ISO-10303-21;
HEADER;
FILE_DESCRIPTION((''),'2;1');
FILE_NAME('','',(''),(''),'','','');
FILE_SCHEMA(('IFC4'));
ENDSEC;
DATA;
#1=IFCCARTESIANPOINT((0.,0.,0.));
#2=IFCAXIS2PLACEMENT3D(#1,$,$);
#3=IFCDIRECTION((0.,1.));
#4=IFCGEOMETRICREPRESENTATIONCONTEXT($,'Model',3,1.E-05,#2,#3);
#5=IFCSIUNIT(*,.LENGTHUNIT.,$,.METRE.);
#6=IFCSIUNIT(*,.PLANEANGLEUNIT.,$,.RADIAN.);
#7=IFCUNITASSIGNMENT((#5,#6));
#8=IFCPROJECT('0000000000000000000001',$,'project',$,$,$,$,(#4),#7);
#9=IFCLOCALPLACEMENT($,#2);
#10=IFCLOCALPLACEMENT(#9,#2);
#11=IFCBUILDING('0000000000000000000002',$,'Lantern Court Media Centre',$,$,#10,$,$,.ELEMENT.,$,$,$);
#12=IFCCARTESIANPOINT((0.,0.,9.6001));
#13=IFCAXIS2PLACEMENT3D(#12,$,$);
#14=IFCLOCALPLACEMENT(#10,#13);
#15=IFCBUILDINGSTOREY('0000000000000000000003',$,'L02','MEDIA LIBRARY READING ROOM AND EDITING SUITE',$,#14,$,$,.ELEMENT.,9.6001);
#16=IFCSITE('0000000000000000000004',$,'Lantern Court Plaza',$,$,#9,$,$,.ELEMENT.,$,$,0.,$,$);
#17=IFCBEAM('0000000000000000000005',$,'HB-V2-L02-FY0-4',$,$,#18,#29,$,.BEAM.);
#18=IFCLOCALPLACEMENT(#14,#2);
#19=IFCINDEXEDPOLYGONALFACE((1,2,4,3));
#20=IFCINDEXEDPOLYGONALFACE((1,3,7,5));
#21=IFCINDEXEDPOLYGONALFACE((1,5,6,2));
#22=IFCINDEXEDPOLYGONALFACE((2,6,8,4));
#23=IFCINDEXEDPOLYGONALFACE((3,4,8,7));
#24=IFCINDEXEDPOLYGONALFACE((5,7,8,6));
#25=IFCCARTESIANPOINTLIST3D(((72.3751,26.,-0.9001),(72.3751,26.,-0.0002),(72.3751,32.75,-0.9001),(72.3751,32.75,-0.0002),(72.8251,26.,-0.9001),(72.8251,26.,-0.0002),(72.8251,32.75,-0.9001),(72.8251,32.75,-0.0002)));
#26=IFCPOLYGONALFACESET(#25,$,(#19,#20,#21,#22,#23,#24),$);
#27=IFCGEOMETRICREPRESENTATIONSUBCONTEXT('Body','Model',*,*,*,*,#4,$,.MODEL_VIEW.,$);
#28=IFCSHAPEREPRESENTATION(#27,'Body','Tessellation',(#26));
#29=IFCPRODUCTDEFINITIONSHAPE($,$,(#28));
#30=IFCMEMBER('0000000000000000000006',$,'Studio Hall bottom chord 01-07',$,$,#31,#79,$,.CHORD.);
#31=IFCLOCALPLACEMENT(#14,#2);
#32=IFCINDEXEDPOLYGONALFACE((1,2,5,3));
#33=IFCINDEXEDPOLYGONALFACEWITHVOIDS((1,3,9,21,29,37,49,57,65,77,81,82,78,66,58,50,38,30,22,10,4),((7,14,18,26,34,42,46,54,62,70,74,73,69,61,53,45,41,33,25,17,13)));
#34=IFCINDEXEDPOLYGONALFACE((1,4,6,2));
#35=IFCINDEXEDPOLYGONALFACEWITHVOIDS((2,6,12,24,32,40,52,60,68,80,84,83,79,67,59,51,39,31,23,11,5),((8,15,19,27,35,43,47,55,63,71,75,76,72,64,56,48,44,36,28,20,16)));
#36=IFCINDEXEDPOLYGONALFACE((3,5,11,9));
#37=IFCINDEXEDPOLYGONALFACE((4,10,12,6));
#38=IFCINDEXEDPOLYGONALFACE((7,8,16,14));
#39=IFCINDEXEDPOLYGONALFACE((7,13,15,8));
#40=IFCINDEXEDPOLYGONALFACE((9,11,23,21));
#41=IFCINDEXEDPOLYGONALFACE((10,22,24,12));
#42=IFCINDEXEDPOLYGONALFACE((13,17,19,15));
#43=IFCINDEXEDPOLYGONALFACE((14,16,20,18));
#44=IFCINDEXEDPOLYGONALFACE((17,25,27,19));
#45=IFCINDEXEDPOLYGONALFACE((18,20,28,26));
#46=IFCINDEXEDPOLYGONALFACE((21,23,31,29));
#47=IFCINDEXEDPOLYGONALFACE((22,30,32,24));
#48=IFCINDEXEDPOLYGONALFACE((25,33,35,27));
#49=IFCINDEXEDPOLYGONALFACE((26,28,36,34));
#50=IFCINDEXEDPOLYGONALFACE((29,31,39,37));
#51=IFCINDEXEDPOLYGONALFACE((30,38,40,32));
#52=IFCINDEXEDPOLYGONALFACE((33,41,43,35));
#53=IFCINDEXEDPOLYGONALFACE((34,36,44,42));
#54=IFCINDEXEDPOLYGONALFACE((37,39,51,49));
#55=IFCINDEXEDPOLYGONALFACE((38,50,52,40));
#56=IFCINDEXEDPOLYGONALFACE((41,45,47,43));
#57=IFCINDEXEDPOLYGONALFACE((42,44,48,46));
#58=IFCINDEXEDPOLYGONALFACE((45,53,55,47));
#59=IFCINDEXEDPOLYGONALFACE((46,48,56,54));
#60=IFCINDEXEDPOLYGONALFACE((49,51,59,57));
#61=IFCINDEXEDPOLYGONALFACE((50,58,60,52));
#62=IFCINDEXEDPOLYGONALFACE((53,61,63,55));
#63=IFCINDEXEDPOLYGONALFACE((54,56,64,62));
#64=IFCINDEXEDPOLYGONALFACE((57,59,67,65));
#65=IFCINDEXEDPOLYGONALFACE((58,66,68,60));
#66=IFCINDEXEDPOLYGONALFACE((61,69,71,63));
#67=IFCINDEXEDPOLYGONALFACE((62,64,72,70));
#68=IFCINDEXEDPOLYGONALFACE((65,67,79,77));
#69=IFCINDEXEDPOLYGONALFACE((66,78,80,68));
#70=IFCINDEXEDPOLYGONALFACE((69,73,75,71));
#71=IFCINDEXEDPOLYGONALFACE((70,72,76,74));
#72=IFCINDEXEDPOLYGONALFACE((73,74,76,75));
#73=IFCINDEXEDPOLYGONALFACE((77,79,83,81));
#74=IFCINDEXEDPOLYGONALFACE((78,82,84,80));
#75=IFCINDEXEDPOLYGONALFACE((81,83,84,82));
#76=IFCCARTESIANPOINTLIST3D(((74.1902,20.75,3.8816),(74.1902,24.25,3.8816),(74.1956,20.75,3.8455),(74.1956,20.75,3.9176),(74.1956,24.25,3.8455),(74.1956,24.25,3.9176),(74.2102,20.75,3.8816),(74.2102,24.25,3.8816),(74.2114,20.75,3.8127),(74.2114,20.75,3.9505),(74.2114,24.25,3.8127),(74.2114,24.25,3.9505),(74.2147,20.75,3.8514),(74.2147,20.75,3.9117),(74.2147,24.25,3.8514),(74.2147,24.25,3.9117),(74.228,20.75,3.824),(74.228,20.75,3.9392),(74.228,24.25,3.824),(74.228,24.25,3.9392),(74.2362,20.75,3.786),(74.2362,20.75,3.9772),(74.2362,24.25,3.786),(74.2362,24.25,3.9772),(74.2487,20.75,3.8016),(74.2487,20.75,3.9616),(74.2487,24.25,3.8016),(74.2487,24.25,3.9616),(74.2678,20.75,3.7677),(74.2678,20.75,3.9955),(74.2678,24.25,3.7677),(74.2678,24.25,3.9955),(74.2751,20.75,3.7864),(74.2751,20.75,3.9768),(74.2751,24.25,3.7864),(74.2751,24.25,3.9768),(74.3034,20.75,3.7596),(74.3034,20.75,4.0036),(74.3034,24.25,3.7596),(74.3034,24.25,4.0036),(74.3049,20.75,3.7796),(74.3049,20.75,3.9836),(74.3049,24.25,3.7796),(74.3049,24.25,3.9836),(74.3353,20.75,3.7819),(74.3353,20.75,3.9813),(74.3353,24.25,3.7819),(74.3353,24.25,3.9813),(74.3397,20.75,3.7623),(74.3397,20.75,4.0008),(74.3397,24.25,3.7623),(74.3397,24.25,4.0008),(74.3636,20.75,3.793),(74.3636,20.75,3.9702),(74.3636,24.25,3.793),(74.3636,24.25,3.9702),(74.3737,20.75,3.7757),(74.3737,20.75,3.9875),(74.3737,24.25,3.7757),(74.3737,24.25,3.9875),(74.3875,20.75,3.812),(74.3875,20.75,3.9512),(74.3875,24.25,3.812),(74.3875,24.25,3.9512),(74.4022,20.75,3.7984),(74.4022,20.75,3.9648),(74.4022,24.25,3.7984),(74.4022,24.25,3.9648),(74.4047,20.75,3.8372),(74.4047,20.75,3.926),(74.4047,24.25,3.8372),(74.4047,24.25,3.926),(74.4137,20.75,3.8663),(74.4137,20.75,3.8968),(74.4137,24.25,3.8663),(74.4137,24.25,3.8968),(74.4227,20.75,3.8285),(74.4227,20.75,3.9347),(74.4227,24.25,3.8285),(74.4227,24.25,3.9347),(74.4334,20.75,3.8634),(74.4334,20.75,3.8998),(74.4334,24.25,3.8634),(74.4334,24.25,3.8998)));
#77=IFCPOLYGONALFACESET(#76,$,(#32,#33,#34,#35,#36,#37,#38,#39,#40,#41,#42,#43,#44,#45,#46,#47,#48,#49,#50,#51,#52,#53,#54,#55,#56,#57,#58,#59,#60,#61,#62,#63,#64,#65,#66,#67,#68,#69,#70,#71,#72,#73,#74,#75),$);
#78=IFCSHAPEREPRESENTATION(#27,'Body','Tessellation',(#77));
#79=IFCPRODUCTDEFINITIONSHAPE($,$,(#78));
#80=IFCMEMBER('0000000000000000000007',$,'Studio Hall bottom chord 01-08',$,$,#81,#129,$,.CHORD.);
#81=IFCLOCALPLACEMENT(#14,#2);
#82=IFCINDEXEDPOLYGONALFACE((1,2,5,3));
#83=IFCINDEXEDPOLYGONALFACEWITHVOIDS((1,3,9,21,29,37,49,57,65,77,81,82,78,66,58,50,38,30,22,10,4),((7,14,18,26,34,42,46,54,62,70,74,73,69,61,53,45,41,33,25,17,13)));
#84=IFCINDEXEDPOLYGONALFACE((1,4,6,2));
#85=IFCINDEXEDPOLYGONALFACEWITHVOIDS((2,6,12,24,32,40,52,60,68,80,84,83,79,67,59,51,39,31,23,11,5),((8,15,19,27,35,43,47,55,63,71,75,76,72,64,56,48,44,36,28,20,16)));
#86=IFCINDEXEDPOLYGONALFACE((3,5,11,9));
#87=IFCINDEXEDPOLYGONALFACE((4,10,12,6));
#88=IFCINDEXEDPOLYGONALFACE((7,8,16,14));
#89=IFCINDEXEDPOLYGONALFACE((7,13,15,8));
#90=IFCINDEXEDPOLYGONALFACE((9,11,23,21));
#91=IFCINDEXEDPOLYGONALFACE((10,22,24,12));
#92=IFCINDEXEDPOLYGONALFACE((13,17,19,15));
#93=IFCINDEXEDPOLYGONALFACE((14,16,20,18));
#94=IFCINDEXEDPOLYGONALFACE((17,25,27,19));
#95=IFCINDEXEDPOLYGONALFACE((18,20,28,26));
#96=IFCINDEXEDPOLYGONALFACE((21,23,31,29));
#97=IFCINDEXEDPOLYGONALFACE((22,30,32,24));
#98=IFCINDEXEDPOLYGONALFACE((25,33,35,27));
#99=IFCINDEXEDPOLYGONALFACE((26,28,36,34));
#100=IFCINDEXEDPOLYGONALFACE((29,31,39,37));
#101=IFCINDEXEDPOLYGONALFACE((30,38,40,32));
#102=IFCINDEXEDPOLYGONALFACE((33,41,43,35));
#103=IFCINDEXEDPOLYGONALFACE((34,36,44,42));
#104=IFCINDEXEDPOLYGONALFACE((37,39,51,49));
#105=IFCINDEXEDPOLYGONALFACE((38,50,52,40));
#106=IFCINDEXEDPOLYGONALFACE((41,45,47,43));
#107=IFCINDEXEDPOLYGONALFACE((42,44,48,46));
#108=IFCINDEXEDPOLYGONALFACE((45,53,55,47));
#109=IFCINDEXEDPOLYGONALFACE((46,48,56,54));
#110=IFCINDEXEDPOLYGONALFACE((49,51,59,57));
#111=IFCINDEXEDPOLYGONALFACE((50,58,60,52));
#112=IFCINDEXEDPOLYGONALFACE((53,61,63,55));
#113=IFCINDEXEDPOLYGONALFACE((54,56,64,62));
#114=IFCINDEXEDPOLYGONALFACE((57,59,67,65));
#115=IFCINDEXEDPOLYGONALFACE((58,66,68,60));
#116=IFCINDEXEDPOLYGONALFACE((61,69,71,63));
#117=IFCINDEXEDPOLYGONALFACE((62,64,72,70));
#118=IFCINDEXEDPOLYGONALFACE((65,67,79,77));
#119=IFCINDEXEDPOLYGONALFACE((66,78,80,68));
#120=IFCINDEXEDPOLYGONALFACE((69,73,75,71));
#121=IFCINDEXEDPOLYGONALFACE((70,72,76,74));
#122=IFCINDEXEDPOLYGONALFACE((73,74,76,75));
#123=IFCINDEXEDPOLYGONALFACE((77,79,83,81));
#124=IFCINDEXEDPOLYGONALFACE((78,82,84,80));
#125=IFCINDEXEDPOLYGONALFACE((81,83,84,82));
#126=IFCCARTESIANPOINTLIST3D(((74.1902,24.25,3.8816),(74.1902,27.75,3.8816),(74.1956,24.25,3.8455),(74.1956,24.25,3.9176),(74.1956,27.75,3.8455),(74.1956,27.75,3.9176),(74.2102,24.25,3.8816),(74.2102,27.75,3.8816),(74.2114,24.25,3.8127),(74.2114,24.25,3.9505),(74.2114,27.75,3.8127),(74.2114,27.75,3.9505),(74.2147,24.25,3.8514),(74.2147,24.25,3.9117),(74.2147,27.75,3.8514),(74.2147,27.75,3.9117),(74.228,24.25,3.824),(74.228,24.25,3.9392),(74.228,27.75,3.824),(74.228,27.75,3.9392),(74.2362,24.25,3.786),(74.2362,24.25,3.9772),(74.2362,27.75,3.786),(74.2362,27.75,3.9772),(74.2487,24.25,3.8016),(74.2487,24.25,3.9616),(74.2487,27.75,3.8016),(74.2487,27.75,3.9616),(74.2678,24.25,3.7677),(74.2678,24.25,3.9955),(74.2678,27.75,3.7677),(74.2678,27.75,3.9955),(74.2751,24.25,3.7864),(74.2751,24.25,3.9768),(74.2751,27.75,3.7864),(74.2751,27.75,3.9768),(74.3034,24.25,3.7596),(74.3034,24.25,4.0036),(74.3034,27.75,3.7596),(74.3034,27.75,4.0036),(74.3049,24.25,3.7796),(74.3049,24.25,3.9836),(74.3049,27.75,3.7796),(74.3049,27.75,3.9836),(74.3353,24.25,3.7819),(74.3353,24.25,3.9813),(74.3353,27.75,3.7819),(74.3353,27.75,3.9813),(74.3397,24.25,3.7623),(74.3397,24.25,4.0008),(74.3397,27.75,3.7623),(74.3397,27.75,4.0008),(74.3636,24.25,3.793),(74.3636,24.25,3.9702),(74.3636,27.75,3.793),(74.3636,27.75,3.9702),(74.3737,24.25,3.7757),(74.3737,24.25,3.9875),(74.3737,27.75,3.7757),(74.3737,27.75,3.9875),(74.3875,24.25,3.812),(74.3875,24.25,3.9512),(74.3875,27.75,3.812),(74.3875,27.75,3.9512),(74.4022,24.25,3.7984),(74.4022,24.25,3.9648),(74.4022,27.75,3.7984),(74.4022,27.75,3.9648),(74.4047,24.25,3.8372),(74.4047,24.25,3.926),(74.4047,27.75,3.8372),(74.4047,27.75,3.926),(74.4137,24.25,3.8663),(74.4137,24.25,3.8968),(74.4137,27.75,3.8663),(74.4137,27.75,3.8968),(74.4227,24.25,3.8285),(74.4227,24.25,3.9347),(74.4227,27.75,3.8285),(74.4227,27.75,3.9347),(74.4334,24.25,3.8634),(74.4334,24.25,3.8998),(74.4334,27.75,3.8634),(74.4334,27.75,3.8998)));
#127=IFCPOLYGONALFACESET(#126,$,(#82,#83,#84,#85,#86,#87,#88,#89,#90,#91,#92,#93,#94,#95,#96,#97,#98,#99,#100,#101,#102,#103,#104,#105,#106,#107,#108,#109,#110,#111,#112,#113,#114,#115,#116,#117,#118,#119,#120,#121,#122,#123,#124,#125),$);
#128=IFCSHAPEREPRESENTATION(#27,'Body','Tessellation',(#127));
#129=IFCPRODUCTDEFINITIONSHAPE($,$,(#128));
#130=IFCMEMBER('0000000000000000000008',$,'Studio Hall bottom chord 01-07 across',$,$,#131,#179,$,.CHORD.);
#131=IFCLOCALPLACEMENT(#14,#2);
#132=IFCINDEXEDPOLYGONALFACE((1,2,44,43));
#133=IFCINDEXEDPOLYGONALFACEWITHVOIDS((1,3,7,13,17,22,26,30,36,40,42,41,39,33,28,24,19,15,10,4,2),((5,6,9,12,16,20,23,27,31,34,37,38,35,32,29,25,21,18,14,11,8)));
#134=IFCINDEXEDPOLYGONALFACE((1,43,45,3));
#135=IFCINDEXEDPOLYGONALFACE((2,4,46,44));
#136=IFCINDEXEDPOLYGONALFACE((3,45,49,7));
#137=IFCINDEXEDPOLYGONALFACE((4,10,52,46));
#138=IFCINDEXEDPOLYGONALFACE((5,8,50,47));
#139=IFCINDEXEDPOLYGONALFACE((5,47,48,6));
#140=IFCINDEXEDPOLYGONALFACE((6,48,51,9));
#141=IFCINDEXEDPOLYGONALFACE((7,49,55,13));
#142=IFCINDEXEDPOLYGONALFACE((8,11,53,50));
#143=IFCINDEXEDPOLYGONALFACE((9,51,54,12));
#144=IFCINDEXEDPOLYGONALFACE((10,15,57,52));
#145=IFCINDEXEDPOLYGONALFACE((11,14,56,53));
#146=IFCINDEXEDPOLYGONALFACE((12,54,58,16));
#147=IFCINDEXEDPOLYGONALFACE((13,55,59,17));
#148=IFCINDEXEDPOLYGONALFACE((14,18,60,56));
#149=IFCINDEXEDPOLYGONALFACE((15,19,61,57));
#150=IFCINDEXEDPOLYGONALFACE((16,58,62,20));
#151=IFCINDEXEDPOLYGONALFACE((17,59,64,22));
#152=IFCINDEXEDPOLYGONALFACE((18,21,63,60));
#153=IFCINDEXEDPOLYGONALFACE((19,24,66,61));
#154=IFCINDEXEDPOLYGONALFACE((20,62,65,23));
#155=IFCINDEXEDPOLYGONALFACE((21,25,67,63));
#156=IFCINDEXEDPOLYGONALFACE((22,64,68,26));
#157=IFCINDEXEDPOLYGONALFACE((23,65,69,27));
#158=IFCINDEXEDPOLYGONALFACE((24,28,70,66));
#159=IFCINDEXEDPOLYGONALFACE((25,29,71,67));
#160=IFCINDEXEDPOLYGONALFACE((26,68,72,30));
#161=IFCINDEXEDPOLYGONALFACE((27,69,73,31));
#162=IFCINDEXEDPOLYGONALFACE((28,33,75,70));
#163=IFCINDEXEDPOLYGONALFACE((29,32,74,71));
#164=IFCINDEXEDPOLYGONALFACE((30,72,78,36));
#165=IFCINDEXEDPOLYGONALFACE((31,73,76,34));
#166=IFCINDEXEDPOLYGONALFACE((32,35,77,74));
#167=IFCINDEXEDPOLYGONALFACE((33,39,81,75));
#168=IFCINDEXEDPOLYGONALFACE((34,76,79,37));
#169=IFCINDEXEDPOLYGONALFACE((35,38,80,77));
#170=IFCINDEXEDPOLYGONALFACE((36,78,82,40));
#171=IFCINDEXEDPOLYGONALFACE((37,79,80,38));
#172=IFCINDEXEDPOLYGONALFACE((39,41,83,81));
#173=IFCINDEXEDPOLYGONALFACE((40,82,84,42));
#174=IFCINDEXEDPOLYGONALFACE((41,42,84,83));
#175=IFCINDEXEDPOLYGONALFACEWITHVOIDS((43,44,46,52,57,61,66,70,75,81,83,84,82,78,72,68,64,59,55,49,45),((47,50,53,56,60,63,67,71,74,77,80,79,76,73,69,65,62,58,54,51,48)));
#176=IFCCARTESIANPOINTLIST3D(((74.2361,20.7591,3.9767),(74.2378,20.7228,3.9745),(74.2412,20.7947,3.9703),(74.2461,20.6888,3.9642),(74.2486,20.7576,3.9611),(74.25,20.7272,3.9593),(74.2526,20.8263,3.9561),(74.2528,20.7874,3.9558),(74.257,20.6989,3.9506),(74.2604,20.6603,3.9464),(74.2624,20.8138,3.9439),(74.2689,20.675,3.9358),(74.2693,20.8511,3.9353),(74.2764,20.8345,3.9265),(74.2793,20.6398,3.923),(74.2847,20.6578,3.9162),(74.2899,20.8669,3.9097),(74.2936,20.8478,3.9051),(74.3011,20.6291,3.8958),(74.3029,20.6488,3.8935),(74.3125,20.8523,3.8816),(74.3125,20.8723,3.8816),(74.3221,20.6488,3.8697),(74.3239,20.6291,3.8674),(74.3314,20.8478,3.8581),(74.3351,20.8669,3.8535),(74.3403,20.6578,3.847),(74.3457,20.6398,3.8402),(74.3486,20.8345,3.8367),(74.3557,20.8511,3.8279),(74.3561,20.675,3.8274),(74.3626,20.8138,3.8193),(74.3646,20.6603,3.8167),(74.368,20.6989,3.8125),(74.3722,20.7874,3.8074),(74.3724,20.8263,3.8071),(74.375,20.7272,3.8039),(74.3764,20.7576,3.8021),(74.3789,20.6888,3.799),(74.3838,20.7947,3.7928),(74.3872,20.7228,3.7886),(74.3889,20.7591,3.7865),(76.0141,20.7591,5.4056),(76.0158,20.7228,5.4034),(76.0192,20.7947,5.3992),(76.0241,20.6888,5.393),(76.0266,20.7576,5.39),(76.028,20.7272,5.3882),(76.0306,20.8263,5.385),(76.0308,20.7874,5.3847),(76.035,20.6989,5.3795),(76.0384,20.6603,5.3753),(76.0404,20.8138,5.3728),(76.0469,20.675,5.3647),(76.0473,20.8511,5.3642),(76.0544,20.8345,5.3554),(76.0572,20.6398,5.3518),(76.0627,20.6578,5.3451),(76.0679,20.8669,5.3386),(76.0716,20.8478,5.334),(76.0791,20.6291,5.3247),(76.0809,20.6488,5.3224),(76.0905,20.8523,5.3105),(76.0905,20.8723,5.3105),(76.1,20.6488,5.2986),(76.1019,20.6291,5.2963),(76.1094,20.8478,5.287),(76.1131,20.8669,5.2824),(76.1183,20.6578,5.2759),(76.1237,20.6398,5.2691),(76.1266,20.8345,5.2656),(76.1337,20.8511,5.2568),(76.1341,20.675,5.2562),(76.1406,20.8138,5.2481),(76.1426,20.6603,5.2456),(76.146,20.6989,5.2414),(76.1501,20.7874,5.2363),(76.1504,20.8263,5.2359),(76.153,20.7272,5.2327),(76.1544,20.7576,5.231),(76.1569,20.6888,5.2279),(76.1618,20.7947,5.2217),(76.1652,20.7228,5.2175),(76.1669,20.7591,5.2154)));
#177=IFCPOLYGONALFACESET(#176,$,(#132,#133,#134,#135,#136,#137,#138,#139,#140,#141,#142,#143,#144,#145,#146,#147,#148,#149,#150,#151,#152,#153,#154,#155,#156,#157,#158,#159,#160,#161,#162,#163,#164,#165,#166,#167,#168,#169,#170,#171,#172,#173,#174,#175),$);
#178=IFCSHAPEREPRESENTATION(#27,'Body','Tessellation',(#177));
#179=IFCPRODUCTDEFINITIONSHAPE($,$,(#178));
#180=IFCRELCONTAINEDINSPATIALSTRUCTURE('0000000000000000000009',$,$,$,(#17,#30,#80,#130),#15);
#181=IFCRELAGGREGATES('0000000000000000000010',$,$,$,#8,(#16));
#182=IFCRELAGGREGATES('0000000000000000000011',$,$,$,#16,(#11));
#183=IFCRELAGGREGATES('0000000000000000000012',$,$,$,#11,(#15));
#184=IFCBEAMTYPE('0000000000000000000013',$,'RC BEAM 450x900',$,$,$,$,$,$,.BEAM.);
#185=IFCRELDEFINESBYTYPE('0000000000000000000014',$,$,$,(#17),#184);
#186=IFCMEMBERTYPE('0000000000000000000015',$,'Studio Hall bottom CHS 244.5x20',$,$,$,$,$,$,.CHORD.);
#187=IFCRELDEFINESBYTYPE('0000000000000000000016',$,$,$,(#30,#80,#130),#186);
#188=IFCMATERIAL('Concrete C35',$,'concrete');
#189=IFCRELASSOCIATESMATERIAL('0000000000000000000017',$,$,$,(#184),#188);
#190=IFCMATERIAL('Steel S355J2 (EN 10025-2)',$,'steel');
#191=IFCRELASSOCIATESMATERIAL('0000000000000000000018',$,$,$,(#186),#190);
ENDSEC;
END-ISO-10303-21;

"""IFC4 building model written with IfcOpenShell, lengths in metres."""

from ifc_helpers import new_model, si_unit, direction, frame, origin, origin_2d, place, context, subcontext, project, spatial, rectangle, hollow_circle, extrude, material, material_profile, profile_set, type_object, element, save


model = new_model("IFC4")

# Units and contexts
model_context = context("Model", 3, precision=1e-05, world=origin(), true_north=direction((0.0, 1.0)))
body_context = subcontext(model_context, "Body", "Model", "MODEL_VIEW")
ifc_project = project(units=[si_unit("LENGTHUNIT", "METRE"), si_unit("PLANEANGLEUNIT", "RADIAN")], contexts=[model_context])

# Site, building, storey
site_placement = place(None, origin())
site = spatial("IfcSite", under=ifc_project, at=site_placement, Name="Lantern Court Plaza", CompositionType="ELEMENT", RefElevation=0.0)
building_placement = place(site_placement, origin())
building = spatial("IfcBuilding", under=site, at=building_placement, Name="Lantern Court Media Centre", CompositionType="ELEMENT")
storey_placement = place(building_placement, frame((0.0, 0.0, 9.6001)))
storey = spatial("IfcBuildingStorey", under=building, at=storey_placement, Name="L02", Description="MEDIA LIBRARY READING ROOM AND EDITING SUITE", CompositionType="ELEMENT", Elevation=9.6001)

# Beam
ifc_material_1 = material(Name="Concrete C35", Category="concrete")
ifc_material_profile_1 = material_profile(ifc_material_1, rectangle(XDim=0.45, YDim=0.8999, at=origin_2d()), Name="RC 450x900")
ifc_profile_set_1 = profile_set([ifc_material_profile_1], Name="Concrete C35")
beam_type = type_object("IfcBeamType", Name="RC BEAM 450x900", PredefinedType="BEAM", material=ifc_profile_set_1)
beam_placement = place(storey_placement, frame((72.6001, 26.0, -0.4502), z_axis=(0.0, 1.0, 0.0), x_axis=(-1.0, 0.0, 0.0)))
element("IfcBeam", 1, at=beam_placement, inside=storey, type_object=beam_type, Name="HB-V2-L02-FY0-4", PredefinedType="BEAM", context=body_context, shape_type="SweptSolid", body=[
    extrude(rectangle(XDim=0.45, YDim=0.8999, at=origin_2d()), origin(), (0.0, 0.0, 1.0), 6.75),
])

# Members
ifc_material_2 = material(Name="Steel S355J2 (EN 10025-2)", Category="steel")
ifc_material_profile_2 = material_profile(ifc_material_2, hollow_circle(Radius=0.1223, WallThickness=0.02, at=origin_2d()), Name="Studio Hall bottom CHS 244.5x20")
ifc_profile_set_2 = profile_set([ifc_material_profile_2], Name="Steel S355J2 (EN 10025-2)")
member_type_1 = type_object("IfcMemberType", Name="Studio Hall bottom CHS 244.5x20", PredefinedType="CHORD", material=ifc_profile_set_2)
for number, where, z_axis, x_axis, name in (
    (2, (74.3125, 20.75, 3.8816), (0.0, 1.0, 0.0), (-1.0, 0.0, 0.0), "Studio Hall bottom chord 01-07"),
    (3, (74.3125, 24.25, 3.8816), (0.0, 1.0, 0.0), (-1.0, 0.0, 0.0), "Studio Hall bottom chord 01-08"),
):
    element("IfcMember", number, at=place(storey_placement, frame(where, z_axis=z_axis, x_axis=x_axis)), inside=storey, type_object=member_type_1, Name=name, PredefinedType="CHORD", context=body_context, shape_type="SweptSolid", body=[
        extrude(hollow_circle(Radius=0.1223, WallThickness=0.02, at=origin_2d()), origin(), (0.0, 0.0, 1.0), 3.5),
    ])
for number, where, z_axis, x_axis, name in (
    (4, (74.3125, 20.75, 3.8816), (0.779478, 0.0, 0.626429), (0.0, 1.0, 0.0), "Studio Hall bottom chord 01-07 across"),
):
    element("IfcMember", number, at=place(storey_placement, frame(where, z_axis=z_axis, x_axis=x_axis)), inside=storey, type_object=member_type_1, Name=name, PredefinedType="CHORD", context=body_context, shape_type="SweptSolid", body=[
        extrude(hollow_circle(Radius=0.1223, WallThickness=0.02, at=origin_2d()), origin(), (0.0, 0.0, 1.0), 2.281),
    ])

save(model, "model.ifc")
